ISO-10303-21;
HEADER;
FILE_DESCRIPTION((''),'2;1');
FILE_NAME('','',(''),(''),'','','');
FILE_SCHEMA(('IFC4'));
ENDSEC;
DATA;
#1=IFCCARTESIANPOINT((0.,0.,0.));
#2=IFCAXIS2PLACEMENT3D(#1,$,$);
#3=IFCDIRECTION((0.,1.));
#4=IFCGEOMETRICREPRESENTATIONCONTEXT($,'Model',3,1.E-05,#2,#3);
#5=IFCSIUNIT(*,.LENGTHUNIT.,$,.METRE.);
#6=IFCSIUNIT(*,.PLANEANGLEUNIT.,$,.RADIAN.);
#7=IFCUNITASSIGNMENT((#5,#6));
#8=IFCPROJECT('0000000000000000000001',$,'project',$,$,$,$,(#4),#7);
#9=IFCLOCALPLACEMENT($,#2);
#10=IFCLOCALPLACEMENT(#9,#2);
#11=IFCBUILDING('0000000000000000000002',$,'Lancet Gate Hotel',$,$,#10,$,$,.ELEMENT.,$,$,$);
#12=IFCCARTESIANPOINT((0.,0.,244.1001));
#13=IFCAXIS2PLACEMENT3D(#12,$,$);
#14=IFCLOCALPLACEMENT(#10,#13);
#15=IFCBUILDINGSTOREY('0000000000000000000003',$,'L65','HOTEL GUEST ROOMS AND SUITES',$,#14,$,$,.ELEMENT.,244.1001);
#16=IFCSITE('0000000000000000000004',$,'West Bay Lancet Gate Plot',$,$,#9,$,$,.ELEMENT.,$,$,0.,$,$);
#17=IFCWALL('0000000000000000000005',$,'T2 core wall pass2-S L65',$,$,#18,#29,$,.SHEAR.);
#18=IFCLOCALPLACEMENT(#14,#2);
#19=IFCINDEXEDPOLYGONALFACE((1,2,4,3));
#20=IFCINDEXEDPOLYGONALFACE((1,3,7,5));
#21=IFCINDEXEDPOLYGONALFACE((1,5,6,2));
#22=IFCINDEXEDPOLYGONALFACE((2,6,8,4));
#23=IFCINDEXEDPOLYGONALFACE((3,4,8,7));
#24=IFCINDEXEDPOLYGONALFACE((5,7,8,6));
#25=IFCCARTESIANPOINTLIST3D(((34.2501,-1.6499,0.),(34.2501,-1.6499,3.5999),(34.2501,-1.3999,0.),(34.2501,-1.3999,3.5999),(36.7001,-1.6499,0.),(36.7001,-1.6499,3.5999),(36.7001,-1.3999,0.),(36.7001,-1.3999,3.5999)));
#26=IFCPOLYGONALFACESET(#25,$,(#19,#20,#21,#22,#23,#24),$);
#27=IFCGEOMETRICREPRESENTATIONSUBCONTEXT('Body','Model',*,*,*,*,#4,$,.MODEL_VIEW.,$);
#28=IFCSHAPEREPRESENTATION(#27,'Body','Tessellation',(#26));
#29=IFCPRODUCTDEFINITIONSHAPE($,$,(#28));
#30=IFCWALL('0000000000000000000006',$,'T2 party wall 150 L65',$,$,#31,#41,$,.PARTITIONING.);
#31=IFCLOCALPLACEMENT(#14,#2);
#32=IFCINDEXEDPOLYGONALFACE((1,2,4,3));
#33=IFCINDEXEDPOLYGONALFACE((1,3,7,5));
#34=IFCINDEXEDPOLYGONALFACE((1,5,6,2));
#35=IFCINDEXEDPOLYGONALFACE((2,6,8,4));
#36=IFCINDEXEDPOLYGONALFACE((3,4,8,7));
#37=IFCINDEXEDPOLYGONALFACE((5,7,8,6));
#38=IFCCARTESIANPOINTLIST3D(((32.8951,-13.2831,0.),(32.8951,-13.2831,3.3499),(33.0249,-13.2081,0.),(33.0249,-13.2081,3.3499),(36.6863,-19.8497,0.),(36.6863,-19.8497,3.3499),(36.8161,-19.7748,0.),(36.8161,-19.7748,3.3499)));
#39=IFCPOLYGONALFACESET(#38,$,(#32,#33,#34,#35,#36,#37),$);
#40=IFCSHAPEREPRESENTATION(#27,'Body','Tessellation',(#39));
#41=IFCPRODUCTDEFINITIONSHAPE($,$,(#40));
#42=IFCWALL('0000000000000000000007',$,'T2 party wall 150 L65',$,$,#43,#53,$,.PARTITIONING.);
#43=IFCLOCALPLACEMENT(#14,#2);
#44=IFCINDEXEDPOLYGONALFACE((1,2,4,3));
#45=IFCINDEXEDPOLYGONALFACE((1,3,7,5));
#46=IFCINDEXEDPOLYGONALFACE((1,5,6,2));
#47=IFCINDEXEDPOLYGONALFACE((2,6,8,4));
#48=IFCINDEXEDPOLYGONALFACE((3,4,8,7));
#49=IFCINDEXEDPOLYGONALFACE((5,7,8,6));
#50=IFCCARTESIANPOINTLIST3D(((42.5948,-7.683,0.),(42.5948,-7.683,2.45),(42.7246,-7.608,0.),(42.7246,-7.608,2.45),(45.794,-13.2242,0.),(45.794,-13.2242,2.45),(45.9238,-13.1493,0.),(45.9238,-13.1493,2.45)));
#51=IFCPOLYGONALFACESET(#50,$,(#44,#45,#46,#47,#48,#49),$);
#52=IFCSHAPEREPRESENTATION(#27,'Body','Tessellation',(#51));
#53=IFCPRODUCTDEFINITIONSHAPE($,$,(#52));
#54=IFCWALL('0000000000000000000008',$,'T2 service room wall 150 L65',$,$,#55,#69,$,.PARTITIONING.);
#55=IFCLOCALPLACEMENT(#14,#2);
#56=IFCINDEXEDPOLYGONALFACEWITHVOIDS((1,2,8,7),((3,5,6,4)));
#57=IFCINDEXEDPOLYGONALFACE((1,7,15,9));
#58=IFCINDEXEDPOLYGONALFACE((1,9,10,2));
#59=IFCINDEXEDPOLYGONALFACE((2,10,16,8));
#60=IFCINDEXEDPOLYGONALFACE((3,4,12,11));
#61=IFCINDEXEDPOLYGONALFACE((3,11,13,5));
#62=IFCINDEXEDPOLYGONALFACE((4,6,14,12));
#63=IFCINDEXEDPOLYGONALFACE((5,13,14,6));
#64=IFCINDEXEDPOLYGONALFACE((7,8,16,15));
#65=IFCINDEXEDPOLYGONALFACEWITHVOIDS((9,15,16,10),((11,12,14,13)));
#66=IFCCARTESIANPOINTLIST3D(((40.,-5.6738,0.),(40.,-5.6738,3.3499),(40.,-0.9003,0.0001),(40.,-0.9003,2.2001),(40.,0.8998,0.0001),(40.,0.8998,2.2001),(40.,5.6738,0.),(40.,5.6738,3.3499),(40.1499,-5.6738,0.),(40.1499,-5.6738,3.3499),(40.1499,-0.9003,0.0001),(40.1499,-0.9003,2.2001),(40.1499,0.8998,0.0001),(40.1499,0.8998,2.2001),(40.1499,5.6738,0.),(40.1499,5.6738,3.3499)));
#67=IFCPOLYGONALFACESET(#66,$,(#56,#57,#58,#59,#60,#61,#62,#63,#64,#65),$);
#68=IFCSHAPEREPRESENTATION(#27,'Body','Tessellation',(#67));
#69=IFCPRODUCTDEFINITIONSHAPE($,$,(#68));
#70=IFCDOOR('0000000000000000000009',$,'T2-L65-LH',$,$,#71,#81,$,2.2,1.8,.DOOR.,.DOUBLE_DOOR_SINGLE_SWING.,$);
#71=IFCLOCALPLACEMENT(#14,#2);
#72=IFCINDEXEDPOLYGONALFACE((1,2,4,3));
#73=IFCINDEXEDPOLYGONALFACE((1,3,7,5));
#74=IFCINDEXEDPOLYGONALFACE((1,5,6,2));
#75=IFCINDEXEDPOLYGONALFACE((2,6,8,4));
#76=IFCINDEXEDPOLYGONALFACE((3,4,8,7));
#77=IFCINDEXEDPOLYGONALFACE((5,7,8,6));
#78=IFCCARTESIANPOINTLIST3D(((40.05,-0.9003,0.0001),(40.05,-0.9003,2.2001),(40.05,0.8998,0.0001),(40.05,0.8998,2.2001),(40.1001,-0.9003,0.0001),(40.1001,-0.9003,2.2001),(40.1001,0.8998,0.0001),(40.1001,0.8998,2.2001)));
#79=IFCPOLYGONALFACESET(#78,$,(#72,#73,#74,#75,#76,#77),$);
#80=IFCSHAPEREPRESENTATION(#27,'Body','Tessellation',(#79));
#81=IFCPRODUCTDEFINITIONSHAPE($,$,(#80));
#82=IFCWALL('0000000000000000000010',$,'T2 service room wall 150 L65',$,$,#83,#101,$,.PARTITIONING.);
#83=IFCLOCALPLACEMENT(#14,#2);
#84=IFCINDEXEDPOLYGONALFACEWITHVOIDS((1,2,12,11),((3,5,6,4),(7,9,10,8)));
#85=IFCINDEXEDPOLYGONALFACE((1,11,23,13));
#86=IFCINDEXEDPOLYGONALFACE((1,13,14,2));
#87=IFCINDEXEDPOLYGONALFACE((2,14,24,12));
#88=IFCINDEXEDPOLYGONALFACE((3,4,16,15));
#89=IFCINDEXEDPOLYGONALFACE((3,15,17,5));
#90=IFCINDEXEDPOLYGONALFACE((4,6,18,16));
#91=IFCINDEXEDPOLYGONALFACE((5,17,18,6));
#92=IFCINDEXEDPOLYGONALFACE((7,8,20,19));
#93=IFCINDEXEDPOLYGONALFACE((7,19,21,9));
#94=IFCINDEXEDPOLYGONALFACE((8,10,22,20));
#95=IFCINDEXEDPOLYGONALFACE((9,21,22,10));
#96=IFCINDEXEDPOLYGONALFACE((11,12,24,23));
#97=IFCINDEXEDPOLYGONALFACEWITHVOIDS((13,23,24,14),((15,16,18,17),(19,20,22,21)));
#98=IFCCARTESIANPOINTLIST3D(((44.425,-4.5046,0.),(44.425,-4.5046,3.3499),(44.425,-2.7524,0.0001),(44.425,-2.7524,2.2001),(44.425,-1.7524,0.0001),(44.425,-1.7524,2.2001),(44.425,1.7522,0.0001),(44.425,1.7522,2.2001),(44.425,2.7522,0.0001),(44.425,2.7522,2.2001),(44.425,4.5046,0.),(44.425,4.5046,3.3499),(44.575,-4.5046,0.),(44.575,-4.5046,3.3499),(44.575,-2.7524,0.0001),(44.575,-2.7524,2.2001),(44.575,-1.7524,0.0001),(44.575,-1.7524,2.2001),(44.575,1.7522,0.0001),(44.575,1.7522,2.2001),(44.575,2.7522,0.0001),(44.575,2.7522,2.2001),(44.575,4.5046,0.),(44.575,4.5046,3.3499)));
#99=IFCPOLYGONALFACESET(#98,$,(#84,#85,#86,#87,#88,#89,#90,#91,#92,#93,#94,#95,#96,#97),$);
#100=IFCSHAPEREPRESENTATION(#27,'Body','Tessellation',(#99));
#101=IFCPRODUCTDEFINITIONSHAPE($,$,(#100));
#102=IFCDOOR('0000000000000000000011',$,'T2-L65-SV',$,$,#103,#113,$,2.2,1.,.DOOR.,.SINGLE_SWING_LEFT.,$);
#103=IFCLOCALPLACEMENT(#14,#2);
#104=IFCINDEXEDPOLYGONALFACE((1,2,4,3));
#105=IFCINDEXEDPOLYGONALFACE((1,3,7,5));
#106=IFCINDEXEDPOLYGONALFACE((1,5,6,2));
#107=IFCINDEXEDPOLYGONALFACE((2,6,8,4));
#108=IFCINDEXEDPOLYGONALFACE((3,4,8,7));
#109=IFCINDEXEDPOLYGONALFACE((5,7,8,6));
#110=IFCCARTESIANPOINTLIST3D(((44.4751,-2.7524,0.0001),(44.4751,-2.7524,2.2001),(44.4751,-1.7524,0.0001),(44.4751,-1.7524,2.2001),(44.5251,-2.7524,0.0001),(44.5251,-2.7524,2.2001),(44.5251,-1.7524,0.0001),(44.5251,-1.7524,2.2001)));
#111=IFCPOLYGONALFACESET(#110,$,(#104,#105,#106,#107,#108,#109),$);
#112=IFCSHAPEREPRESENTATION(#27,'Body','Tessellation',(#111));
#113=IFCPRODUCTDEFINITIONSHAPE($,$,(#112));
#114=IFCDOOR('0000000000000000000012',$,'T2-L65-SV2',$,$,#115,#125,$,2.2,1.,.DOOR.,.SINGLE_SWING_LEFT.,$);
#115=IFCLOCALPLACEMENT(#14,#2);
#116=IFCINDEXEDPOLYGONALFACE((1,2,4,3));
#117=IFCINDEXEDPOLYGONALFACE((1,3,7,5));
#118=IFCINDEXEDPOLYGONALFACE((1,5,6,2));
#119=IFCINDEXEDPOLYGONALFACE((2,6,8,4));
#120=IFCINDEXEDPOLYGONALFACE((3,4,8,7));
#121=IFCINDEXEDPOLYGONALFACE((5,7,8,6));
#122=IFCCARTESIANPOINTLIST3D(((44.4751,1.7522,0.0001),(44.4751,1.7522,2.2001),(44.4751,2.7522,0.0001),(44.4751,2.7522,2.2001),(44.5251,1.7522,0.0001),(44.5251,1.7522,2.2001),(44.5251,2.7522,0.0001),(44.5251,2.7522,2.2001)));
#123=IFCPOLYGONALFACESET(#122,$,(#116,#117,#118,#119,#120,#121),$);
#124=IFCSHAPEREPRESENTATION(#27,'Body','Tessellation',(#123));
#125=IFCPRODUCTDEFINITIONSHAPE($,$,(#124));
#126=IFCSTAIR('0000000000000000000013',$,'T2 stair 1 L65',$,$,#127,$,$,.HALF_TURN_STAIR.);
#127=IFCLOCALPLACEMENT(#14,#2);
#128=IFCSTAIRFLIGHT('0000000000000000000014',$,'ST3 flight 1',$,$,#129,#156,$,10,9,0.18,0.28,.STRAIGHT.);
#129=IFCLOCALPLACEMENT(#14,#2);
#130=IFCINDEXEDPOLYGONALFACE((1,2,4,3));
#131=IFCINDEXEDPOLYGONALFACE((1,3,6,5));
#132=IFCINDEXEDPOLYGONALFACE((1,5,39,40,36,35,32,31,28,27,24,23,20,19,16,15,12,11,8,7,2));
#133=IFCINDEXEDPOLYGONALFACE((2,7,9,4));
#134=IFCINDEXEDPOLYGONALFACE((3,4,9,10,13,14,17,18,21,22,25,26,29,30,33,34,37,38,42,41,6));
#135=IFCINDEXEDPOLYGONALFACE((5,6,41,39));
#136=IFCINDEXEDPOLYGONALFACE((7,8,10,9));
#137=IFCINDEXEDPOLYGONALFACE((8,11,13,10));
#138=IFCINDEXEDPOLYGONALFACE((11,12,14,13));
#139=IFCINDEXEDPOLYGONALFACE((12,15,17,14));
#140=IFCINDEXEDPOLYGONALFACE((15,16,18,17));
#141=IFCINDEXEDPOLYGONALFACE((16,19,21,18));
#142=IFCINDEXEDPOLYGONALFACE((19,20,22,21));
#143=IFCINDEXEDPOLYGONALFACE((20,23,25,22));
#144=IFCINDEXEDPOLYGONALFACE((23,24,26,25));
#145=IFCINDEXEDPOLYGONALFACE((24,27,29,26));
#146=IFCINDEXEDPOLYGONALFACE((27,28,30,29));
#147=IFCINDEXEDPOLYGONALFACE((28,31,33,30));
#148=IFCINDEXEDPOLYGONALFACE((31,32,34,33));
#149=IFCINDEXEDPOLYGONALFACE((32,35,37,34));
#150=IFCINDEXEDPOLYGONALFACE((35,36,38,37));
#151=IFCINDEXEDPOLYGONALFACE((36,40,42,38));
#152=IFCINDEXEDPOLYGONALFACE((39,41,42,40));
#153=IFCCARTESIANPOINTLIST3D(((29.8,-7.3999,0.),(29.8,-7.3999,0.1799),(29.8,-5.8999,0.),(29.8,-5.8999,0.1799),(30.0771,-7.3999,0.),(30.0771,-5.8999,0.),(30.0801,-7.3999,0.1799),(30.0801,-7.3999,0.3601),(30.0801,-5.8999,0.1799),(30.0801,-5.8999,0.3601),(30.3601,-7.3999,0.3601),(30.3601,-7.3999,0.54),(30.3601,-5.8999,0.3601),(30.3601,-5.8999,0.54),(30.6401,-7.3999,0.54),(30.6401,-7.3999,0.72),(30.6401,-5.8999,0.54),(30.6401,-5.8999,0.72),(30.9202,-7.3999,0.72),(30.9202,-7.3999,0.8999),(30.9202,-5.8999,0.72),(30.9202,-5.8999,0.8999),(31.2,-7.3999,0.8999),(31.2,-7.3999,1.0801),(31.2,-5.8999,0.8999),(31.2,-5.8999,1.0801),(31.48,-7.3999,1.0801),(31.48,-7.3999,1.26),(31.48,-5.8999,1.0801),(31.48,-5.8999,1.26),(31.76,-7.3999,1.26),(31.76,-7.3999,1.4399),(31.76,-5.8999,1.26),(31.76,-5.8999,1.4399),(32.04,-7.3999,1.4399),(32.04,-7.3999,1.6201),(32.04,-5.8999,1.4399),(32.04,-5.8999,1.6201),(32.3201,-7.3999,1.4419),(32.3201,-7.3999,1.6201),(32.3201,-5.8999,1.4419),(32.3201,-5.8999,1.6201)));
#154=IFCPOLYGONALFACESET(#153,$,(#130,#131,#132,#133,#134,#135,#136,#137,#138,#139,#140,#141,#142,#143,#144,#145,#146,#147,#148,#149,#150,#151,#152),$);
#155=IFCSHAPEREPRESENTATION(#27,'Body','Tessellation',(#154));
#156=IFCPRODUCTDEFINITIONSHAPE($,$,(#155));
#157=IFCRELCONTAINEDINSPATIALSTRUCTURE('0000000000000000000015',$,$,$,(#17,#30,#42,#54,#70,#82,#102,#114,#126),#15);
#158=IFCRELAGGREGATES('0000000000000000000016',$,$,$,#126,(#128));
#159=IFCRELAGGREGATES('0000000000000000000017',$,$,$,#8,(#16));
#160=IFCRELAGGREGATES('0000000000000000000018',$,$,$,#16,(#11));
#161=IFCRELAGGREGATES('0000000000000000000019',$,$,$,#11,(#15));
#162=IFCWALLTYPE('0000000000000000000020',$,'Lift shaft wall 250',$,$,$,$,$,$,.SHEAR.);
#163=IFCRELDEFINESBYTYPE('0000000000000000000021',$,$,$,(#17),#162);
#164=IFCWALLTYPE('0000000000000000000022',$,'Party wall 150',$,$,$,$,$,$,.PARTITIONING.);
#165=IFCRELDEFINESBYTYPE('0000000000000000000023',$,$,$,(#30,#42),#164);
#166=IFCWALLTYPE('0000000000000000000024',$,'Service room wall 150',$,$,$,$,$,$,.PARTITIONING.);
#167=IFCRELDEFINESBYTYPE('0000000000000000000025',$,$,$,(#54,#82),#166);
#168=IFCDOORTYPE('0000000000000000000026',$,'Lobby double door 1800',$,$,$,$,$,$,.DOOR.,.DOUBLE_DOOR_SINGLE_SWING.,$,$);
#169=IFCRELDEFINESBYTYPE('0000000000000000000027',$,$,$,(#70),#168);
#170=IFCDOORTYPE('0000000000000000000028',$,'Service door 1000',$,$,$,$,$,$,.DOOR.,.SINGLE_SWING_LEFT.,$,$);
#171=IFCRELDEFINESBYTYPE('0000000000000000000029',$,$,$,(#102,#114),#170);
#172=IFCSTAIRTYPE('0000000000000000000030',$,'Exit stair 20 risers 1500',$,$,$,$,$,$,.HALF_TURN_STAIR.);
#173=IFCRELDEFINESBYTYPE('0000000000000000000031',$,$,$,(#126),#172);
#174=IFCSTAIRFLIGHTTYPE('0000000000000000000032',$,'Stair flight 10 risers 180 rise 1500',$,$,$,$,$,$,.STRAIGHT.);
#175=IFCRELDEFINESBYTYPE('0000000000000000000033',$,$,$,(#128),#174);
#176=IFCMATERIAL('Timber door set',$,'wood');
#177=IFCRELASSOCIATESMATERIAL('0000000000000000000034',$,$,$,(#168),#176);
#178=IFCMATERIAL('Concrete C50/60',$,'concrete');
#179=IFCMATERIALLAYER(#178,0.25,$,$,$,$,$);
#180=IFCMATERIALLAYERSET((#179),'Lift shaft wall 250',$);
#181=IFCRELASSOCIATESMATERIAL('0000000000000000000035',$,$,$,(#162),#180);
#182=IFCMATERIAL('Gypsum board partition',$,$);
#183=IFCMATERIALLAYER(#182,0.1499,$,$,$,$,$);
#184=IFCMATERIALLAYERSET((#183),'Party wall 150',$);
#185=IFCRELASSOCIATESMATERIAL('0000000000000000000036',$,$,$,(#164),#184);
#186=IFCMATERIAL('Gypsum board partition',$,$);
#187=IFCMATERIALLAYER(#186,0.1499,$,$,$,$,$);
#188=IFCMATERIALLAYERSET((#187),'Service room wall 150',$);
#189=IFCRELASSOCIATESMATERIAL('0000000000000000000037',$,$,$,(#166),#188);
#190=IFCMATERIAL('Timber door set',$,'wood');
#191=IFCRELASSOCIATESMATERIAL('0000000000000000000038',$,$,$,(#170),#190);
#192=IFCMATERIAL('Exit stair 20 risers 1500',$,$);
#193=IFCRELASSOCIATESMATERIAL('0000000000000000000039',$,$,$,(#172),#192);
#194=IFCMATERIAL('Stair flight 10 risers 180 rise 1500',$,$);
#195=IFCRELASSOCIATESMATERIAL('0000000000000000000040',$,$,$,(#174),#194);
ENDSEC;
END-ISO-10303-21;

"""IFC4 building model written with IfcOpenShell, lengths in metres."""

from ifc_helpers import new_model, si_unit, direction, frame, frame_2d, origin, place, context, subcontext, project, spatial, polyline, rectangle, outline, extrude, material, layer, layer_set, type_object, element, fill, aggregate, save


model = new_model("IFC4")

# Units and contexts
model_context = context("Model", 3, precision=1e-05, world=origin(), true_north=direction((0.0, 1.0)))
body_context = subcontext(model_context, "Body", "Model", "MODEL_VIEW")
ifc_project = project(units=[si_unit("LENGTHUNIT", "METRE"), si_unit("PLANEANGLEUNIT", "RADIAN")], contexts=[model_context])

# Site, building, storey
site_placement = place(None, origin())
site = spatial("IfcSite", under=ifc_project, at=site_placement, Name="West Bay Lancet Gate Plot", CompositionType="ELEMENT", RefElevation=0.0)
building_placement = place(site_placement, origin())
building = spatial("IfcBuilding", under=site, at=building_placement, Name="Lancet Gate Hotel", CompositionType="ELEMENT")
storey_placement = place(building_placement, frame((0.0, 0.0, 244.1001)))
storey = spatial("IfcBuildingStorey", under=building, at=storey_placement, Name="L65", Description="HOTEL GUEST ROOMS AND SUITES", CompositionType="ELEMENT", Elevation=244.1001)

# Shared definitions
ifc_material_1 = material(Name="Timber door set", Category="wood")
door_type_1 = type_object("IfcDoorType", Name="Lobby double door 1800", OperationType="DOUBLE_DOOR_SINGLE_SWING", PredefinedType="DOOR", material=ifc_material_1)
ifc_material_2 = material(Name="Concrete C50/60", Category="concrete")
ifc_layer_1 = layer(ifc_material_2, 0.25)
ifc_layer_set_1 = layer_set([ifc_layer_1], Name="Lift shaft wall 250")
wall_type_1 = type_object("IfcWallType", Name="Lift shaft wall 250", PredefinedType="SHEAR", material=ifc_layer_set_1)

# Walls
wall_1_placement = place(storey_placement, frame((34.25, -1.5249, 0.0), z_axis=(0.0, 0.0, 1.0), x_axis=(1.0, 0.0, 0.0)))
element("IfcWall", 1, at=wall_1_placement, inside=storey, type_object=wall_type_1, Name="T2 core wall pass2-S L65", PredefinedType="SHEAR", context=body_context, shape_type="SweptSolid", body=[
    extrude(rectangle(XDim=2.45, YDim=0.25, at=frame_2d((1.2251, 0.0))), origin(), (0.0, 0.0, 1.0), 3.5999),
])
ifc_material_3 = material(Name="Gypsum board partition")
ifc_layer_2 = layer(ifc_material_3, 0.1499)
ifc_layer_set_2 = layer_set([ifc_layer_2], Name="Party wall 150")
wall_type_2 = type_object("IfcWallType", Name="Party wall 150", PredefinedType="PARTITIONING", material=ifc_layer_set_2)
wall_2_placement = place(storey_placement, frame((32.96, -13.2456, 0.0), z_axis=(0.0, 0.0, 1.0), x_axis=(0.5, -0.866025, 0.0)))
element("IfcWall", 2, at=wall_2_placement, inside=storey, type_object=wall_type_2, Name="T2 party wall 150 L65", PredefinedType="PARTITIONING", context=body_context, shape_type="SweptSolid", body=[
    extrude(rectangle(XDim=7.5825, YDim=0.1499, at=frame_2d((3.7913, 0.0))), origin(), (0.0, 0.0, 1.0), 3.3499),
])
wall_3_placement = place(storey_placement, frame((42.6597, -7.6455, 0.0), z_axis=(0.0, 0.0, 1.0), x_axis=(0.499997, -0.866027, 0.0)))
element("IfcWall", 3, at=wall_3_placement, inside=storey, type_object=wall_type_2, Name="T2 party wall 150 L65", PredefinedType="PARTITIONING", context=body_context, shape_type="SweptSolid", body=[
    extrude(rectangle(XDim=6.3984, YDim=0.1499, at=frame_2d((3.1992, 0.0))), origin(), (0.0, 0.0, 1.0), 2.45),
])

# Wall, opening, door
ifc_material_4 = material(Name="Gypsum board partition")
ifc_layer_3 = layer(ifc_material_4, 0.1499)
ifc_layer_set_3 = layer_set([ifc_layer_3], Name="Service room wall 150")
wall_type_3 = type_object("IfcWallType", Name="Service room wall 150", PredefinedType="PARTITIONING", material=ifc_layer_set_3)
wall_4_placement = place(storey_placement, frame((40.075, -5.6738, 0.0), z_axis=(0.0, 0.0, 1.0), x_axis=(0.0, 1.0, 0.0)))
wall_4 = element("IfcWall", 4, at=wall_4_placement, inside=storey, type_object=wall_type_3, Name="T2 service room wall 150 L65", PredefinedType="PARTITIONING", context=body_context, shape_type="SweptSolid", body=[
    extrude(rectangle(XDim=11.3477, YDim=0.1499, at=frame_2d((5.6738, 0.0))), origin(), (0.0, 0.0, 1.0), 3.3499),
])
opening_1_placement = place(wall_4_placement, frame((4.7737, 0.0, 0.0)))
opening_1 = element("IfcOpeningElement", 5, at=opening_1_placement, cuts=wall_4, PredefinedType="OPENING", context=body_context, shape_type="SweptSolid", body=[
    extrude(rectangle(XDim=1.8, YDim=2.2, at=frame_2d((0.8999, 1.1001))), frame((0.0, 0.085, 0.0), z_axis=(0.0, -1.0, 0.0), x_axis=(1.0, 0.0, 0.0)), (0.0, 0.0, 1.0), 0.1699),
])
door_1_placement = place(opening_1_placement, origin())
door_1 = element("IfcDoor", 6, at=door_1_placement, inside=storey, type_object=door_type_1, Name="T2-L65-LH", OperationType="DOUBLE_DOOR_SINGLE_SWING", OverallHeight=2.2, OverallWidth=1.8, PredefinedType="DOOR", context=body_context, shape_type="SweptSolid", body=[
    extrude(rectangle(XDim=1.8, YDim=2.2, at=frame_2d((0.8999, 1.1001))), frame((0.0, 0.0249, 0.0), z_axis=(0.0, -1.0, 0.0), x_axis=(1.0, 0.0, 0.0)), (0.0, 0.0, 1.0), 0.05),
])
fill(opening_1, door_1)

# Wall, openings, doors
wall_5_placement = place(storey_placement, frame((44.5, -4.5046, 0.0), z_axis=(0.0, 0.0, 1.0), x_axis=(0.0, 1.0, 0.0)))
wall_5 = element("IfcWall", 7, at=wall_5_placement, inside=storey, type_object=wall_type_3, Name="T2 service room wall 150 L65", PredefinedType="PARTITIONING", context=body_context, shape_type="SweptSolid", body=[
    extrude(rectangle(XDim=9.0093, YDim=0.1499, at=frame_2d((4.5046, 0.0))), origin(), (0.0, 0.0, 1.0), 3.3499),
])
opening_2_placement = place(wall_5_placement, frame((1.7522, 0.0, 0.0)))
opening_2 = element("IfcOpeningElement", 8, at=opening_2_placement, cuts=wall_5, PredefinedType="OPENING", context=body_context, shape_type="SweptSolid", body=[
    extrude(rectangle(XDim=1.0, YDim=2.2, at=frame_2d((0.5, 1.1001))), frame((0.0, 0.085, 0.0), z_axis=(0.0, -1.0, 0.0), x_axis=(1.0, 0.0, 0.0)), (0.0, 0.0, 1.0), 0.1699),
])
opening_3_placement = place(wall_5_placement, frame((6.2568, 0.0, 0.0)))
opening_3 = element("IfcOpeningElement", 9, at=opening_3_placement, cuts=wall_5, PredefinedType="OPENING", context=body_context, shape_type="SweptSolid", body=[
    extrude(rectangle(XDim=1.0, YDim=2.2, at=frame_2d((0.5, 1.1001))), frame((0.0, 0.085, 0.0), z_axis=(0.0, -1.0, 0.0), x_axis=(1.0, 0.0, 0.0)), (0.0, 0.0, 1.0), 0.1699),
])
ifc_material_5 = material(Name="Timber door set", Category="wood")
door_type_2 = type_object("IfcDoorType", Name="Service door 1000", OperationType="SINGLE_SWING_LEFT", PredefinedType="DOOR", material=ifc_material_5)
door_2_placement = place(opening_2_placement, origin())
door_2 = element("IfcDoor", 10, at=door_2_placement, inside=storey, type_object=door_type_2, Name="T2-L65-SV", OperationType="SINGLE_SWING_LEFT", OverallHeight=2.2, OverallWidth=1.0, PredefinedType="DOOR", context=body_context, shape_type="SweptSolid", body=[
    extrude(rectangle(XDim=1.0, YDim=2.2, at=frame_2d((0.5, 1.1001))), frame((0.0, 0.0249, 0.0), z_axis=(0.0, -1.0, 0.0), x_axis=(1.0, 0.0, 0.0)), (0.0, 0.0, 1.0), 0.05),
])
fill(opening_2, door_2)
door_3_placement = place(opening_3_placement, origin())
door_3 = element("IfcDoor", 11, at=door_3_placement, inside=storey, type_object=door_type_2, Name="T2-L65-SV2", OperationType="SINGLE_SWING_LEFT", OverallHeight=2.2, OverallWidth=1.0, PredefinedType="DOOR", context=body_context, shape_type="SweptSolid", body=[
    extrude(rectangle(XDim=1.0, YDim=2.2, at=frame_2d((0.5, 1.1001))), frame((0.0, 0.0249, 0.0), z_axis=(0.0, -1.0, 0.0), x_axis=(1.0, 0.0, 0.0)), (0.0, 0.0, 1.0), 0.05),
])
fill(opening_3, door_3)

# Stair, stair flight
ifc_material_6 = material(Name="Exit stair 20 risers 1500")
stair_type = type_object("IfcStairType", Name="Exit stair 20 risers 1500", PredefinedType="HALF_TURN_STAIR", material=ifc_material_6)
stair_placement = place(storey_placement, origin())
stair = element("IfcStair", 12, at=stair_placement, inside=storey, type_object=stair_type, Name="T2 stair 1 L65", PredefinedType="HALF_TURN_STAIR")
ifc_material_7 = material(Name="Stair flight 10 risers 180 rise 1500")
stair_flight_type = type_object("IfcStairFlightType", Name="Stair flight 10 risers 180 rise 1500", PredefinedType="STRAIGHT", material=ifc_material_7)
stair_flight_1_placement = place(storey_placement, frame((29.8, -6.6499, 0.0), z_axis=(0.0, 0.0, 1.0), x_axis=(1.0, 0.0, 0.0)))
stair_flight_1 = element("IfcStairFlight", 13, at=stair_flight_1_placement, type_object=stair_flight_type, Name="ST3 flight 1", NumberOfRisers=10, NumberOfTreads=9, PredefinedType="STRAIGHT", RiserHeight=0.18, TreadLength=0.28, context=body_context, shape_type="SweptSolid", body=[
    extrude(outline(polyline([(0.0, 0.0), (0.0, 0.1799), (0.28, 0.1799), (0.28, 0.3601), (0.5601, 0.3601), (0.5601, 0.54), (0.8401, 0.54), (0.8401, 0.72), (1.1201, 0.72), (1.1201, 0.8999), (1.3999, 0.8999), (1.3999, 1.0801), (1.6799, 1.0801), (1.6799, 1.26), (1.96, 1.26), (1.96, 1.4399), (2.24, 1.4399), (2.24, 1.6201), (2.52, 1.6201), (2.52, 1.8), (2.52, 1.4419), (0.2771, 0.0), (0.0, 0.0)])), frame((0.0, 0.75, 0.0), z_axis=(0.0, -1.0, 0.0), x_axis=(1.0, 0.0, 0.0)), (0.0, 0.0, 1.0), 1.5),
])
aggregate(stair, [stair_flight_1])

save(model, "model.ifc")
